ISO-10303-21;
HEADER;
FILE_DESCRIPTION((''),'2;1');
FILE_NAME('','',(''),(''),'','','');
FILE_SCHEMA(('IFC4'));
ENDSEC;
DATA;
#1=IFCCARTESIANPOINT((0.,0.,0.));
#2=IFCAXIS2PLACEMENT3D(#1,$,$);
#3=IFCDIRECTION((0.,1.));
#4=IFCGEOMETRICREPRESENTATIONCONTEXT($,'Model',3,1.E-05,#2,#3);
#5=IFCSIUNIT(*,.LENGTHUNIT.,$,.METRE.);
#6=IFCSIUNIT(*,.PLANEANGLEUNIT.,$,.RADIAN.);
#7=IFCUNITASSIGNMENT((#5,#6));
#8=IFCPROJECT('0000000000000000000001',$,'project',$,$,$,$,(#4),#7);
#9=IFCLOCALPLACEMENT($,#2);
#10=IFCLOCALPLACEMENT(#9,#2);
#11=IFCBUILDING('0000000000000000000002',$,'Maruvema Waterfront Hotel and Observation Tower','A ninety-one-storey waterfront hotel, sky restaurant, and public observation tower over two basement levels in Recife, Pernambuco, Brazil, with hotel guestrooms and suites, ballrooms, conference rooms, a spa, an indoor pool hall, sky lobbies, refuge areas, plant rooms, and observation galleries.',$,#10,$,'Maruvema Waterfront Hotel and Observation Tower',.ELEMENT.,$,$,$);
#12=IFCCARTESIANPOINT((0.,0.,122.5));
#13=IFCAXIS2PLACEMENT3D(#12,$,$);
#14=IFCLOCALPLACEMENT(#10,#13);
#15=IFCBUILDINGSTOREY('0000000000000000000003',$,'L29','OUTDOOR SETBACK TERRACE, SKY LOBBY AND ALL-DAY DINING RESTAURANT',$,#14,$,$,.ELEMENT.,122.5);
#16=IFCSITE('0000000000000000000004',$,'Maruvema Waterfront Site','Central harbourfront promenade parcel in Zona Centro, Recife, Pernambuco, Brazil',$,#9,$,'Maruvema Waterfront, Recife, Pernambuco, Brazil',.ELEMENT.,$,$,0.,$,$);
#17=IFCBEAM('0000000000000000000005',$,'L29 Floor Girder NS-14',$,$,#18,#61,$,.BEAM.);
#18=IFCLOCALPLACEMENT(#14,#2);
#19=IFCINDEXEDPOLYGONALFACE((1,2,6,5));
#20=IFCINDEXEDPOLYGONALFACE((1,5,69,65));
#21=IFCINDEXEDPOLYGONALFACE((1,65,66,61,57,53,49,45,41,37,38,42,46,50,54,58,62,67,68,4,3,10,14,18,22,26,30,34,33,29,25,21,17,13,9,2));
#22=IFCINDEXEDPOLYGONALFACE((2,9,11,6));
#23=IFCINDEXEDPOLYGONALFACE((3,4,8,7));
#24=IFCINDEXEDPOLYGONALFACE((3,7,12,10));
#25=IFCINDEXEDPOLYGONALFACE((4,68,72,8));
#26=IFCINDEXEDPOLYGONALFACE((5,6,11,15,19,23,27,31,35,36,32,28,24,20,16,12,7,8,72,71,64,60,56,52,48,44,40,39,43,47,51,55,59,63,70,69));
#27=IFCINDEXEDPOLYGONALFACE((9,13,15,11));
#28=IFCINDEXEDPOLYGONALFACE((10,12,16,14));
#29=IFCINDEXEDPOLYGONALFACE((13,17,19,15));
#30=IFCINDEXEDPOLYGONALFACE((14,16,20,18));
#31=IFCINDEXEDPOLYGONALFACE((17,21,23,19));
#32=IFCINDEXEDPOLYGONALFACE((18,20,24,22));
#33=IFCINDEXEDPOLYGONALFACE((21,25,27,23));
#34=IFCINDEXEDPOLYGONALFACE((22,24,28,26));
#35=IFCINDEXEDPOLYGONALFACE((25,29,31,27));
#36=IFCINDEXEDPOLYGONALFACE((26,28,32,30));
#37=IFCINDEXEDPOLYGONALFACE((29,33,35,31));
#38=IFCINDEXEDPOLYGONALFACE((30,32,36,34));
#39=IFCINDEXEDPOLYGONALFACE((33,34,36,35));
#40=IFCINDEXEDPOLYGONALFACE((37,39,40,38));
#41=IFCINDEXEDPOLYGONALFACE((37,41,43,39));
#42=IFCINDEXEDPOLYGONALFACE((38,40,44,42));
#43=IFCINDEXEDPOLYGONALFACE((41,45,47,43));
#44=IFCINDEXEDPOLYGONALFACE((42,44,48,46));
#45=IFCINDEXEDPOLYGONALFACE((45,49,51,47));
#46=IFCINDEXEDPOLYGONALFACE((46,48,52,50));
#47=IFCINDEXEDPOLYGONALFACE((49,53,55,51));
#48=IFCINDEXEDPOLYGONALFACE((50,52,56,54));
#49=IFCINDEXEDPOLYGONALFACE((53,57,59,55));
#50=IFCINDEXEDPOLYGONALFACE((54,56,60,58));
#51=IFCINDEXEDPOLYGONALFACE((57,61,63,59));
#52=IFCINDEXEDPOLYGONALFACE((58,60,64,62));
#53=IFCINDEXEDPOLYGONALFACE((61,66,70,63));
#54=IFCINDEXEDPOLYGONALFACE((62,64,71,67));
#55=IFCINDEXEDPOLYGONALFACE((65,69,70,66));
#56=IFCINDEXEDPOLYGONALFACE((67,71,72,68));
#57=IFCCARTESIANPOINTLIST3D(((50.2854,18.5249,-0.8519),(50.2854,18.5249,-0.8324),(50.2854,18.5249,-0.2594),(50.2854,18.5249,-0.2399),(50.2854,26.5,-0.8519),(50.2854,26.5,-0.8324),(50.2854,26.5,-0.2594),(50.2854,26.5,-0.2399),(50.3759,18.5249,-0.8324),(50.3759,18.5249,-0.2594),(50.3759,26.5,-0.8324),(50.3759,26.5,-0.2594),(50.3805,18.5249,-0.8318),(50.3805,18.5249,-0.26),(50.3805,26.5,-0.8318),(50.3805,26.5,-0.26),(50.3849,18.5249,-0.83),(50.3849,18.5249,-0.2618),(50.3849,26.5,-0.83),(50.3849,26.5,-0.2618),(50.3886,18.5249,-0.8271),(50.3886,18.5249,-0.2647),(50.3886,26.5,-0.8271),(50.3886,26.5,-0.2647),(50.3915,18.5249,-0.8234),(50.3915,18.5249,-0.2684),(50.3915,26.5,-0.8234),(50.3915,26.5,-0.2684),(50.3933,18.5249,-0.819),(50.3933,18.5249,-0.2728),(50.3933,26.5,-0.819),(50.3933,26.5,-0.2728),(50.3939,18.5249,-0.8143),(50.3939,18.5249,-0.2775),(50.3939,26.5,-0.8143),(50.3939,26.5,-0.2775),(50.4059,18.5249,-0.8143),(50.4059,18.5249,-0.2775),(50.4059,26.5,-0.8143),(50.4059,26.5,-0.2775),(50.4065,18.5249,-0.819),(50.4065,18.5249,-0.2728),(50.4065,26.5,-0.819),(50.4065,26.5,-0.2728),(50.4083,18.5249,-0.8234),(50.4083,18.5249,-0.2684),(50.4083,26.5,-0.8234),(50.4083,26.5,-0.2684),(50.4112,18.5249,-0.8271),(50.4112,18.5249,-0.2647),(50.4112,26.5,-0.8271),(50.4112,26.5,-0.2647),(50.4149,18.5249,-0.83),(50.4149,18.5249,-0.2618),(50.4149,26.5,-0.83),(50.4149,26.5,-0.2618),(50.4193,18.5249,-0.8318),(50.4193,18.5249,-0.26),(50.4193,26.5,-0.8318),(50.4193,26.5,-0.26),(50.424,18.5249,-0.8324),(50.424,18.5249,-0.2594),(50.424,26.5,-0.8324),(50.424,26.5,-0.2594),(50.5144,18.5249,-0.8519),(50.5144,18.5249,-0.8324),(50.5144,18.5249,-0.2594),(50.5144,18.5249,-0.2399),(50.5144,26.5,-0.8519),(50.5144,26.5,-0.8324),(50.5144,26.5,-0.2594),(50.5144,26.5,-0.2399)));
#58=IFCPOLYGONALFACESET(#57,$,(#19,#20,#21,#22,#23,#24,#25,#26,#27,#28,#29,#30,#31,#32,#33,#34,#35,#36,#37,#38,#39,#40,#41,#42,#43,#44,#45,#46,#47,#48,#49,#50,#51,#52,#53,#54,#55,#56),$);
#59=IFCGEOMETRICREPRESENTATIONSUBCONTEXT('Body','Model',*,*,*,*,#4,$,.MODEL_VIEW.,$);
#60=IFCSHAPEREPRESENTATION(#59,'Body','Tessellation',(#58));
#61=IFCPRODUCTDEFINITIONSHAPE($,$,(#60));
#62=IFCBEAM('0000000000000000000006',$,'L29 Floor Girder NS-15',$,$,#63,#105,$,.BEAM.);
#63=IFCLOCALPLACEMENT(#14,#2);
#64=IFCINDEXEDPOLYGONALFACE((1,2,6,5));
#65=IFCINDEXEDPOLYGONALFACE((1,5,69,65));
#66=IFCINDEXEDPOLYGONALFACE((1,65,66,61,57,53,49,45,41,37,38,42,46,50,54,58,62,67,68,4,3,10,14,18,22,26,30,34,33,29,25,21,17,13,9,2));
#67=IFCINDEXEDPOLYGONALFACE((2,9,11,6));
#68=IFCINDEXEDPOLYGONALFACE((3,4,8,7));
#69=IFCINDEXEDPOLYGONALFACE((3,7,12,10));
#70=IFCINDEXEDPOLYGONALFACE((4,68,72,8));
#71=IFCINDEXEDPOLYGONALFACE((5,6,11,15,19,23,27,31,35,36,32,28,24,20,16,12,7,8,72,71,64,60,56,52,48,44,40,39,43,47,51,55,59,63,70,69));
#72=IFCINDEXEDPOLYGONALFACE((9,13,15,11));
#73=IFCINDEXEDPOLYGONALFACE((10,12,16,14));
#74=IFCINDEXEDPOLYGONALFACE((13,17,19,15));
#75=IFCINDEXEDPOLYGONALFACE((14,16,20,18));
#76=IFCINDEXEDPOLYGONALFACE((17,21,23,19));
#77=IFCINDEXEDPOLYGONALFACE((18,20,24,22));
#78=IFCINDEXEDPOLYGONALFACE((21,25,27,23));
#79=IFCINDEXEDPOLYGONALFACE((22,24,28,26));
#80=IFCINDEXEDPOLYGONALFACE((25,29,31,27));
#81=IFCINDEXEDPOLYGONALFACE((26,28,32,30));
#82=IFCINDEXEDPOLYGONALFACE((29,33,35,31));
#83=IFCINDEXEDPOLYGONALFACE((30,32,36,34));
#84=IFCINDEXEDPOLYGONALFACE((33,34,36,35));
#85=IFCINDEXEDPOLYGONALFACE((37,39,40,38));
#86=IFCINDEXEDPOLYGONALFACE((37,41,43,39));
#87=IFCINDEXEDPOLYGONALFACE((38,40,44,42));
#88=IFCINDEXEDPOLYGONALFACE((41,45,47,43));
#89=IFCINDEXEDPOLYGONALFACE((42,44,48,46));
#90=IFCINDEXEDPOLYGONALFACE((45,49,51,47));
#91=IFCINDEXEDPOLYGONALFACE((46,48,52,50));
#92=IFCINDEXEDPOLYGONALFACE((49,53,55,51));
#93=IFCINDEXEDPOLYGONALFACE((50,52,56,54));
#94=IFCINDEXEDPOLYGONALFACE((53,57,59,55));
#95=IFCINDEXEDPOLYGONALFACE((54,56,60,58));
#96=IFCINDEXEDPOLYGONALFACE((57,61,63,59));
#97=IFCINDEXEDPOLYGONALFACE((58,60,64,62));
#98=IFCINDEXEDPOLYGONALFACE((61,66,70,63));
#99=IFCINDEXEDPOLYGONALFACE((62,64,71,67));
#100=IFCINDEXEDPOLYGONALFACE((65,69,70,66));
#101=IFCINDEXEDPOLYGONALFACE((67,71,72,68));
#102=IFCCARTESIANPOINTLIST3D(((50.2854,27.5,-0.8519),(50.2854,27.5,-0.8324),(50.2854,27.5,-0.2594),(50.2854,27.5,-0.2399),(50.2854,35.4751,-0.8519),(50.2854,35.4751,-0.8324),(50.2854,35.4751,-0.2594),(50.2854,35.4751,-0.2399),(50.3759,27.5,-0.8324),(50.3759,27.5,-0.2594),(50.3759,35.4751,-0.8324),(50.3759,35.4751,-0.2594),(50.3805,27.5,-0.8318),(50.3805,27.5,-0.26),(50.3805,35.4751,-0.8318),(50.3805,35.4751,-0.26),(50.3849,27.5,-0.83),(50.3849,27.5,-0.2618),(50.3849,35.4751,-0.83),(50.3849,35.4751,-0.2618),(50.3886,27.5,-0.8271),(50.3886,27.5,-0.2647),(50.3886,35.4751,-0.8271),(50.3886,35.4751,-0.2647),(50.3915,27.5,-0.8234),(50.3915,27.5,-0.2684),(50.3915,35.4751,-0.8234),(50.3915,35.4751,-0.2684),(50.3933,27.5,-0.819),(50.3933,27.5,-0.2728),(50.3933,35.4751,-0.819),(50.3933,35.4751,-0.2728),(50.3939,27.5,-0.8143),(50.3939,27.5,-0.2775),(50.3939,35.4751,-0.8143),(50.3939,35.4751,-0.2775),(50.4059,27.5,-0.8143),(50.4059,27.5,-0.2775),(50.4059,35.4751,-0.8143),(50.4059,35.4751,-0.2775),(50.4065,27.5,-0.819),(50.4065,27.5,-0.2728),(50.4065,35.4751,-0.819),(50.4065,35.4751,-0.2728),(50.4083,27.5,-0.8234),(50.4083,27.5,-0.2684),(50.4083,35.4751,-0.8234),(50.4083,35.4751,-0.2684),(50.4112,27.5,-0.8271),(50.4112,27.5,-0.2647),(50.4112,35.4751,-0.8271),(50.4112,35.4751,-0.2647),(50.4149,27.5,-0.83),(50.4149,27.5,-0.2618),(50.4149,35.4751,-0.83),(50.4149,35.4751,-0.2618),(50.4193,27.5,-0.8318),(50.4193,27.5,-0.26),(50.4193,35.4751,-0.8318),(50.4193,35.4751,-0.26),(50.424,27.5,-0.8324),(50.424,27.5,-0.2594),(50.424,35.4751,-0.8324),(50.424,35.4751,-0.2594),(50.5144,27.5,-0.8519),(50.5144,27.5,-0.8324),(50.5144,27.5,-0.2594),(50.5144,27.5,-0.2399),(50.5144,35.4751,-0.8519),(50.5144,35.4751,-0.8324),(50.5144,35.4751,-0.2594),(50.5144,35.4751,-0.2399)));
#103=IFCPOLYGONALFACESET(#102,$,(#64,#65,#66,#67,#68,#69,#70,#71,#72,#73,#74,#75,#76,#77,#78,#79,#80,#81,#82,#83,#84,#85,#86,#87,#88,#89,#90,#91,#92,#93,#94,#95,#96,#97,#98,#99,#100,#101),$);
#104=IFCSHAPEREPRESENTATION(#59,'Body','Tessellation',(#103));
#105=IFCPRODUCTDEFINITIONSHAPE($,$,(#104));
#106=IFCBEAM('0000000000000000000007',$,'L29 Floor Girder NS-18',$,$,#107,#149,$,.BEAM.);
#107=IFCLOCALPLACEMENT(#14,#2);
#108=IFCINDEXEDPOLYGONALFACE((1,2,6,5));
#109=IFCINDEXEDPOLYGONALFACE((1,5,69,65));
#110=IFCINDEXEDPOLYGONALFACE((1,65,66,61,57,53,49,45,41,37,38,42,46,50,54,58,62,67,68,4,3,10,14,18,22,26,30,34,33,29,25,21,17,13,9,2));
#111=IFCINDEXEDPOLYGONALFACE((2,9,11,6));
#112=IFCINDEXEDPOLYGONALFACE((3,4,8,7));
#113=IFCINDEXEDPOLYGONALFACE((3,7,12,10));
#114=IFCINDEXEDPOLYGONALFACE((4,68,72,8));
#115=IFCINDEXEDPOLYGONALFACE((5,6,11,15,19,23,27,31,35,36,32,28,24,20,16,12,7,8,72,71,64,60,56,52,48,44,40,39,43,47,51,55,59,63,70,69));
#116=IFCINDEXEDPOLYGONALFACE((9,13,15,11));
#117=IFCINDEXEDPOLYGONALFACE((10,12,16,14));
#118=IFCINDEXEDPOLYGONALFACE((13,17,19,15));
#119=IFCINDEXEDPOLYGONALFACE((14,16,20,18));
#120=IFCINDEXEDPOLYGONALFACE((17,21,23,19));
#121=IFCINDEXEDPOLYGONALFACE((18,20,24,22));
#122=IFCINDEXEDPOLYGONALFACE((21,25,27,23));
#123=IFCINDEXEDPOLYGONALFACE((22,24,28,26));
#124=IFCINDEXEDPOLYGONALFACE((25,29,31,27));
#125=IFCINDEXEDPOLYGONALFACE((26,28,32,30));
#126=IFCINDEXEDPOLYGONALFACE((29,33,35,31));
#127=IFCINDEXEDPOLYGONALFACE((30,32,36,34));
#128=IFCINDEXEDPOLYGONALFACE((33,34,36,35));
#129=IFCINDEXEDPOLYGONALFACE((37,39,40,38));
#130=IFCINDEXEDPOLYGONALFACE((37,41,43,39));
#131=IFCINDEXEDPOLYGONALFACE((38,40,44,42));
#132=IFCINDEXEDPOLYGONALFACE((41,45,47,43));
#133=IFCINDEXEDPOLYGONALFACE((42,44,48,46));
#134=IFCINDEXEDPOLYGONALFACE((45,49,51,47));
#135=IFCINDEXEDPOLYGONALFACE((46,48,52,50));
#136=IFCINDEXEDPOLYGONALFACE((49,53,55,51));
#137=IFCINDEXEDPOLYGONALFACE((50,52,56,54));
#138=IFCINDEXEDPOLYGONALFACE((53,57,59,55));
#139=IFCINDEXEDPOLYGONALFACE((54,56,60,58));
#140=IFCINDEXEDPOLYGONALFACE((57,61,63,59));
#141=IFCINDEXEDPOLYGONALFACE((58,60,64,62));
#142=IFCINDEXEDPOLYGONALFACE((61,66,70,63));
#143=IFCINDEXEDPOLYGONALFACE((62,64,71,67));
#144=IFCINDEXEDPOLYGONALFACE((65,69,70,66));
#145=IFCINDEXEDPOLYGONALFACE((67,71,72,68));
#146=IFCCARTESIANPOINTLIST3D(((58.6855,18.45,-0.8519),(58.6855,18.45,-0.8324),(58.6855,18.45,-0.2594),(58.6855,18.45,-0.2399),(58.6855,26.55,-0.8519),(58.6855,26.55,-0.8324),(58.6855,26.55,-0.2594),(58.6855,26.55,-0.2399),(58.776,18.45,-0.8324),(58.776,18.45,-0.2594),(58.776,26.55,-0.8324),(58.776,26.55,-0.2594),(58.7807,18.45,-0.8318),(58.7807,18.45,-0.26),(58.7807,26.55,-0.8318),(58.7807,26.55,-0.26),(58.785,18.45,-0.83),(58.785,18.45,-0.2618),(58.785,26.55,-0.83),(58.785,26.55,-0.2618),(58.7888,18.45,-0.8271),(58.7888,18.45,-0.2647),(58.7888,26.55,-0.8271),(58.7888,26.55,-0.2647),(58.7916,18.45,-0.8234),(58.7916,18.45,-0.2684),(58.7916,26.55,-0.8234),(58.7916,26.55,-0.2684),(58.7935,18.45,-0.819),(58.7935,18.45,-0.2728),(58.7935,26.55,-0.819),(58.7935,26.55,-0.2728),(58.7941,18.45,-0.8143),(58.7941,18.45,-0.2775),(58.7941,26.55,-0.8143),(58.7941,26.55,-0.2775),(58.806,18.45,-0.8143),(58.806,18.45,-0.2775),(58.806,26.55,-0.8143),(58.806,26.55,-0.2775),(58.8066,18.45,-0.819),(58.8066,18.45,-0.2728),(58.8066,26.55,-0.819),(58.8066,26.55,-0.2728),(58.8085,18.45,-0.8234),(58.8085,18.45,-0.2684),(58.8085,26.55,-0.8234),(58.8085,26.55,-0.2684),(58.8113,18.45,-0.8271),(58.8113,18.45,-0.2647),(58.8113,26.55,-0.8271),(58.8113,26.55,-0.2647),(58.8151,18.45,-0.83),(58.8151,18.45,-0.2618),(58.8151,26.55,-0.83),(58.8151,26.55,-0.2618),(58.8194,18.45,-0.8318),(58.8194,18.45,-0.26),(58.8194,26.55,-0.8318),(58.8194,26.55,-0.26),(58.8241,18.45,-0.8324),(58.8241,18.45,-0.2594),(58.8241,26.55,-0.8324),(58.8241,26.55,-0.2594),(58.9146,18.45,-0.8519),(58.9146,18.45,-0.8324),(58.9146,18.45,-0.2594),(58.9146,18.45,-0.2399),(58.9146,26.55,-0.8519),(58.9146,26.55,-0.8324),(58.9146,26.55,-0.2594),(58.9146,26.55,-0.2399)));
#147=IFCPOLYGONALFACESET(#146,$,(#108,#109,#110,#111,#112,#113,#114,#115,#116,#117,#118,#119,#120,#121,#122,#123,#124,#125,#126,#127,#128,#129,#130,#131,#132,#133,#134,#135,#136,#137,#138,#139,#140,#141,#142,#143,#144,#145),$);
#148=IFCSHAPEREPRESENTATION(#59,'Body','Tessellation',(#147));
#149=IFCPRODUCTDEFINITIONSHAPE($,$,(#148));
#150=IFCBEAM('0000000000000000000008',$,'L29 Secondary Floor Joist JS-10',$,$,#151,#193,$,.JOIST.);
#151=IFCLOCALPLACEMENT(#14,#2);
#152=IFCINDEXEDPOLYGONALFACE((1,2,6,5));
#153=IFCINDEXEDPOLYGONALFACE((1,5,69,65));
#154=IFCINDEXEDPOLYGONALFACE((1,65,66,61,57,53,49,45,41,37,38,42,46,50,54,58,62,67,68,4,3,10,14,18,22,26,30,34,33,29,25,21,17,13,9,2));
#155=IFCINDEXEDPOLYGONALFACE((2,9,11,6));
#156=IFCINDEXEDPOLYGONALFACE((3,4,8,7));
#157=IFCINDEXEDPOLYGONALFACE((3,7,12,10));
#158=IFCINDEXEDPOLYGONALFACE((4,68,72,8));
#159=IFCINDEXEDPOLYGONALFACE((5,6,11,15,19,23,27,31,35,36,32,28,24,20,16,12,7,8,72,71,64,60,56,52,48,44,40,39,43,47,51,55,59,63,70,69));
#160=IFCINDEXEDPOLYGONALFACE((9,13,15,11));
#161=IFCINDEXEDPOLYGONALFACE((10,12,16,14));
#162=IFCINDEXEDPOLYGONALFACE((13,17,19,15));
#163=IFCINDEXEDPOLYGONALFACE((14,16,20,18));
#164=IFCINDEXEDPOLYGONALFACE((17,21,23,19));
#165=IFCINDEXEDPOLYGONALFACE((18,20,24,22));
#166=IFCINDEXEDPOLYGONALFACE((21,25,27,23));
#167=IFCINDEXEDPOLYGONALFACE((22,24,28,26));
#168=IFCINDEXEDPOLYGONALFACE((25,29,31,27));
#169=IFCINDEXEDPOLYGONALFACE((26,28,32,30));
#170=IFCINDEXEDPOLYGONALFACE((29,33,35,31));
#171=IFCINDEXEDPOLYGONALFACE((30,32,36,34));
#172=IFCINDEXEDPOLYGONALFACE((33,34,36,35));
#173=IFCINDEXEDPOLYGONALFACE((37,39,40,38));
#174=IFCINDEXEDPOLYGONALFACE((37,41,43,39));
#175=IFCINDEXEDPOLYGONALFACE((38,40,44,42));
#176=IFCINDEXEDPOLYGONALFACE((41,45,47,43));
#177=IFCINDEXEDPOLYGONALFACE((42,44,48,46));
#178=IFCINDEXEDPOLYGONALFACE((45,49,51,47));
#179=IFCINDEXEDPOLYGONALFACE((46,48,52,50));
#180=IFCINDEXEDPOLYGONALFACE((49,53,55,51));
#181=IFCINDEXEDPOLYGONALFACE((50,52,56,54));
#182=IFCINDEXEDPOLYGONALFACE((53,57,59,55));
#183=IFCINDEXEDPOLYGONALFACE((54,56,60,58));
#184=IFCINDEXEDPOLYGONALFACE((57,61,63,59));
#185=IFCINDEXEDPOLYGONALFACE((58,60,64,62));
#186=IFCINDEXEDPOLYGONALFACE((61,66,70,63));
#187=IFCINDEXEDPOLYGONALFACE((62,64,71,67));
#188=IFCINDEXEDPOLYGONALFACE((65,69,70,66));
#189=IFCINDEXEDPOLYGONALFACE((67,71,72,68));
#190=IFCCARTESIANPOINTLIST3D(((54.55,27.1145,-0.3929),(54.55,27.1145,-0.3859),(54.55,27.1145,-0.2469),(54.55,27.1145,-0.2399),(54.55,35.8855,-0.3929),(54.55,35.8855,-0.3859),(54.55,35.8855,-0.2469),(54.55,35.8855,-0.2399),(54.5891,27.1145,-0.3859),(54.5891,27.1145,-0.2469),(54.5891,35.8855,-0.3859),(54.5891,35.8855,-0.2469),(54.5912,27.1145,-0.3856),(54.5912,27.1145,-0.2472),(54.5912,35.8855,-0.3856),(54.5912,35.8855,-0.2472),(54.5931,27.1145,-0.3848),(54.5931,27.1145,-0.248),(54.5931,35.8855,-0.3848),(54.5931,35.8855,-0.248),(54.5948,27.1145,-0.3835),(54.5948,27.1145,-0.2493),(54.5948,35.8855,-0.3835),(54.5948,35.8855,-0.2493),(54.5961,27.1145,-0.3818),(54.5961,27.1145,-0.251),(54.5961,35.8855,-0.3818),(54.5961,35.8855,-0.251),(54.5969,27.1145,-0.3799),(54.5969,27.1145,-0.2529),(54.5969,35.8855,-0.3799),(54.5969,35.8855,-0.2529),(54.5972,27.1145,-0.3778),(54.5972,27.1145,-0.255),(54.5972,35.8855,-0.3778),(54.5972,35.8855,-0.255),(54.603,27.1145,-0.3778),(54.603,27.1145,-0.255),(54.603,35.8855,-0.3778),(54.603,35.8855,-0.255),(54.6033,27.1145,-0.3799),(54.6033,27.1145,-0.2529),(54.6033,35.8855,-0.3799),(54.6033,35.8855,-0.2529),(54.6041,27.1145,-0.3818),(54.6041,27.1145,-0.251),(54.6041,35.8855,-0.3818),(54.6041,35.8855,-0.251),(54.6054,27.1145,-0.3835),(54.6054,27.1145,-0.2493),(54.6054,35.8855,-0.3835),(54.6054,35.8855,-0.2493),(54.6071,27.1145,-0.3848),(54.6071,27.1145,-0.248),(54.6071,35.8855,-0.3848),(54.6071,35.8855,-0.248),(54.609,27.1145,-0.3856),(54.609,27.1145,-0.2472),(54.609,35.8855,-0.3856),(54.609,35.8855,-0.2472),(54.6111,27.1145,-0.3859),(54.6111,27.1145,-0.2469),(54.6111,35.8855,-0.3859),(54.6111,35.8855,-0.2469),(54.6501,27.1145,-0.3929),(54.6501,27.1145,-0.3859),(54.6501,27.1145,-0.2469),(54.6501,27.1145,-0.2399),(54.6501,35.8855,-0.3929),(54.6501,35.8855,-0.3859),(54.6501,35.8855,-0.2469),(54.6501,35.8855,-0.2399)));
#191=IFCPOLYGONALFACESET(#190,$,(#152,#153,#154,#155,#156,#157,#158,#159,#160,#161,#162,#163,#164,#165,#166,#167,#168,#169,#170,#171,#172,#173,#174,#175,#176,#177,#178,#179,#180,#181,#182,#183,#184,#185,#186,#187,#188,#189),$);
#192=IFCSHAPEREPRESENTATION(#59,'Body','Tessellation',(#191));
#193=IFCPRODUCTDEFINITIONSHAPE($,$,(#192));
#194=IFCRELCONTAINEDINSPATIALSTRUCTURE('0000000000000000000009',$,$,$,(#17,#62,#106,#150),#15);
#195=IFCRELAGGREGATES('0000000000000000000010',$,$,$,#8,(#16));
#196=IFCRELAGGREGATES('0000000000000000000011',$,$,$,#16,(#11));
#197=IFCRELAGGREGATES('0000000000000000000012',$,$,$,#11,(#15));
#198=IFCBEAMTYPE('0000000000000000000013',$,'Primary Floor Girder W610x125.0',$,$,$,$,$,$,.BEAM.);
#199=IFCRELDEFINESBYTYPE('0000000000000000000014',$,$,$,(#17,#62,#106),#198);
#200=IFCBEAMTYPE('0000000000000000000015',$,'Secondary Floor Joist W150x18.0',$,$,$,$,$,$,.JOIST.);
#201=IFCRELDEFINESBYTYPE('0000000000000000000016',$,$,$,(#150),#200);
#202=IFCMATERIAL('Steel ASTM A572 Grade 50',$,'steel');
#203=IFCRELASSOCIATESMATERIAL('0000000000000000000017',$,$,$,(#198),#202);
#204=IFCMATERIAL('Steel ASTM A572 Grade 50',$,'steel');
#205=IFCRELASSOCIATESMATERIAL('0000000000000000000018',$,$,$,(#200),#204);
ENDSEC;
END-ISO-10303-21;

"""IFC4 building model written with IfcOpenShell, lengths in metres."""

from ifc_helpers import new_model, si_unit, direction, frame, origin, origin_2d, place, context, subcontext, project, spatial, i_section, extrude, material, material_profile, profile_set, type_object, element, save


model = new_model("IFC4")

# Units and contexts
model_context = context("Model", 3, precision=1e-05, world=origin(), true_north=direction((0.0, 1.0)))
body_context = subcontext(model_context, "Body", "Model", "MODEL_VIEW")
ifc_project = project(units=[si_unit("LENGTHUNIT", "METRE"), si_unit("PLANEANGLEUNIT", "RADIAN")], contexts=[model_context])

# Site, building, storey
site_placement = place(None, origin())
site = spatial("IfcSite", under=ifc_project, at=site_placement, Name="Maruvema Waterfront Site", Description="Central harbourfront promenade parcel in Zona Centro, Recife, Pernambuco, Brazil", LongName="Maruvema Waterfront, Recife, Pernambuco, Brazil", CompositionType="ELEMENT", RefElevation=0.0)
building_placement = place(site_placement, origin())
building = spatial("IfcBuilding", under=site, at=building_placement, Name="Maruvema Waterfront Hotel and Observation Tower", Description="A ninety-one-storey waterfront hotel, sky restaurant, and public observation tower over two basement levels in Recife, Pernambuco, Brazil, with hotel guestrooms and suites, ballrooms, conference rooms, a spa, an indoor pool hall, sky lobbies, refuge areas, plant rooms, and observation galleries.", LongName="Maruvema Waterfront Hotel and Observation Tower", CompositionType="ELEMENT")
storey_placement = place(building_placement, frame((0.0, 0.0, 122.5)))
storey = spatial("IfcBuildingStorey", under=building, at=storey_placement, Name="L29", Description="OUTDOOR SETBACK TERRACE, SKY LOBBY AND ALL-DAY DINING RESTAURANT", CompositionType="ELEMENT", Elevation=122.5)

# Beams
ifc_material_1 = material(Name="Steel ASTM A572 Grade 50", Category="steel")
ifc_material_profile_1 = material_profile(ifc_material_1, i_section(OverallWidth=0.229, OverallDepth=0.6121, WebThickness=0.012, FlangeThickness=0.0195, FilletRadius=0.0181, at=origin_2d()), Name="W610x125.0")
ifc_profile_set_1 = profile_set([ifc_material_profile_1], Name="Steel ASTM A572 Grade 50")
beam_type_1 = type_object("IfcBeamType", Name="Primary Floor Girder W610x125.0", PredefinedType="BEAM", material=ifc_profile_set_1)
for number, where, z_axis, x_axis, name in (
    (1, (50.3999, 18.5249, -0.5459), (0.0, 1.0, 0.0), (-1.0, 0.0, 0.0), "L29 Floor Girder NS-14"),
    (2, (50.3999, 27.5, -0.5459), (0.0, 1.0, 0.0), (-1.0, 0.0, 0.0), "L29 Floor Girder NS-15"),
):
    element("IfcBeam", number, at=place(storey_placement, frame(where, z_axis=z_axis, x_axis=x_axis)), inside=storey, type_object=beam_type_1, Name=name, PredefinedType="BEAM", context=body_context, shape_type="SweptSolid", body=[
        extrude(i_section(OverallWidth=0.229, OverallDepth=0.6121, WebThickness=0.012, FlangeThickness=0.0195, FilletRadius=0.0181, at=origin_2d()), origin(), (0.0, 0.0, 1.0), 7.9751),
    ])
beam_1_placement = place(storey_placement, frame((58.8, 18.45, -0.5459), z_axis=(0.0, 1.0, 0.0), x_axis=(-1.0, 0.0, 0.0)))
element("IfcBeam", 3, at=beam_1_placement, inside=storey, type_object=beam_type_1, Name="L29 Floor Girder NS-18", PredefinedType="BEAM", context=body_context, shape_type="SweptSolid", body=[
    extrude(i_section(OverallWidth=0.229, OverallDepth=0.6121, WebThickness=0.012, FlangeThickness=0.0195, FilletRadius=0.0181, at=origin_2d()), origin(), (0.0, 0.0, 1.0), 8.1001),
])
ifc_material_2 = material(Name="Steel ASTM A572 Grade 50", Category="steel")
ifc_material_profile_2 = material_profile(ifc_material_2, i_section(OverallWidth=0.1001, OverallDepth=0.1531, WebThickness=0.0059, FlangeThickness=0.0071, FilletRadius=0.0081, at=origin_2d()), Name="W150x18.0")
ifc_profile_set_2 = profile_set([ifc_material_profile_2], Name="Steel ASTM A572 Grade 50")
beam_type_2 = type_object("IfcBeamType", Name="Secondary Floor Joist W150x18.0", PredefinedType="JOIST", material=ifc_profile_set_2)
beam_2_placement = place(storey_placement, frame((54.6001, 27.1145, -0.3164), z_axis=(0.0, 1.0, 0.0), x_axis=(-1.0, 0.0, 0.0)))
element("IfcBeam", 4, at=beam_2_placement, inside=storey, type_object=beam_type_2, Name="L29 Secondary Floor Joist JS-10", PredefinedType="JOIST", context=body_context, shape_type="SweptSolid", body=[
    extrude(i_section(OverallWidth=0.1001, OverallDepth=0.1531, WebThickness=0.0059, FlangeThickness=0.0071, FilletRadius=0.0081, at=origin_2d()), origin(), (0.0, 0.0, 1.0), 8.771),
])

save(model, "model.ifc")
